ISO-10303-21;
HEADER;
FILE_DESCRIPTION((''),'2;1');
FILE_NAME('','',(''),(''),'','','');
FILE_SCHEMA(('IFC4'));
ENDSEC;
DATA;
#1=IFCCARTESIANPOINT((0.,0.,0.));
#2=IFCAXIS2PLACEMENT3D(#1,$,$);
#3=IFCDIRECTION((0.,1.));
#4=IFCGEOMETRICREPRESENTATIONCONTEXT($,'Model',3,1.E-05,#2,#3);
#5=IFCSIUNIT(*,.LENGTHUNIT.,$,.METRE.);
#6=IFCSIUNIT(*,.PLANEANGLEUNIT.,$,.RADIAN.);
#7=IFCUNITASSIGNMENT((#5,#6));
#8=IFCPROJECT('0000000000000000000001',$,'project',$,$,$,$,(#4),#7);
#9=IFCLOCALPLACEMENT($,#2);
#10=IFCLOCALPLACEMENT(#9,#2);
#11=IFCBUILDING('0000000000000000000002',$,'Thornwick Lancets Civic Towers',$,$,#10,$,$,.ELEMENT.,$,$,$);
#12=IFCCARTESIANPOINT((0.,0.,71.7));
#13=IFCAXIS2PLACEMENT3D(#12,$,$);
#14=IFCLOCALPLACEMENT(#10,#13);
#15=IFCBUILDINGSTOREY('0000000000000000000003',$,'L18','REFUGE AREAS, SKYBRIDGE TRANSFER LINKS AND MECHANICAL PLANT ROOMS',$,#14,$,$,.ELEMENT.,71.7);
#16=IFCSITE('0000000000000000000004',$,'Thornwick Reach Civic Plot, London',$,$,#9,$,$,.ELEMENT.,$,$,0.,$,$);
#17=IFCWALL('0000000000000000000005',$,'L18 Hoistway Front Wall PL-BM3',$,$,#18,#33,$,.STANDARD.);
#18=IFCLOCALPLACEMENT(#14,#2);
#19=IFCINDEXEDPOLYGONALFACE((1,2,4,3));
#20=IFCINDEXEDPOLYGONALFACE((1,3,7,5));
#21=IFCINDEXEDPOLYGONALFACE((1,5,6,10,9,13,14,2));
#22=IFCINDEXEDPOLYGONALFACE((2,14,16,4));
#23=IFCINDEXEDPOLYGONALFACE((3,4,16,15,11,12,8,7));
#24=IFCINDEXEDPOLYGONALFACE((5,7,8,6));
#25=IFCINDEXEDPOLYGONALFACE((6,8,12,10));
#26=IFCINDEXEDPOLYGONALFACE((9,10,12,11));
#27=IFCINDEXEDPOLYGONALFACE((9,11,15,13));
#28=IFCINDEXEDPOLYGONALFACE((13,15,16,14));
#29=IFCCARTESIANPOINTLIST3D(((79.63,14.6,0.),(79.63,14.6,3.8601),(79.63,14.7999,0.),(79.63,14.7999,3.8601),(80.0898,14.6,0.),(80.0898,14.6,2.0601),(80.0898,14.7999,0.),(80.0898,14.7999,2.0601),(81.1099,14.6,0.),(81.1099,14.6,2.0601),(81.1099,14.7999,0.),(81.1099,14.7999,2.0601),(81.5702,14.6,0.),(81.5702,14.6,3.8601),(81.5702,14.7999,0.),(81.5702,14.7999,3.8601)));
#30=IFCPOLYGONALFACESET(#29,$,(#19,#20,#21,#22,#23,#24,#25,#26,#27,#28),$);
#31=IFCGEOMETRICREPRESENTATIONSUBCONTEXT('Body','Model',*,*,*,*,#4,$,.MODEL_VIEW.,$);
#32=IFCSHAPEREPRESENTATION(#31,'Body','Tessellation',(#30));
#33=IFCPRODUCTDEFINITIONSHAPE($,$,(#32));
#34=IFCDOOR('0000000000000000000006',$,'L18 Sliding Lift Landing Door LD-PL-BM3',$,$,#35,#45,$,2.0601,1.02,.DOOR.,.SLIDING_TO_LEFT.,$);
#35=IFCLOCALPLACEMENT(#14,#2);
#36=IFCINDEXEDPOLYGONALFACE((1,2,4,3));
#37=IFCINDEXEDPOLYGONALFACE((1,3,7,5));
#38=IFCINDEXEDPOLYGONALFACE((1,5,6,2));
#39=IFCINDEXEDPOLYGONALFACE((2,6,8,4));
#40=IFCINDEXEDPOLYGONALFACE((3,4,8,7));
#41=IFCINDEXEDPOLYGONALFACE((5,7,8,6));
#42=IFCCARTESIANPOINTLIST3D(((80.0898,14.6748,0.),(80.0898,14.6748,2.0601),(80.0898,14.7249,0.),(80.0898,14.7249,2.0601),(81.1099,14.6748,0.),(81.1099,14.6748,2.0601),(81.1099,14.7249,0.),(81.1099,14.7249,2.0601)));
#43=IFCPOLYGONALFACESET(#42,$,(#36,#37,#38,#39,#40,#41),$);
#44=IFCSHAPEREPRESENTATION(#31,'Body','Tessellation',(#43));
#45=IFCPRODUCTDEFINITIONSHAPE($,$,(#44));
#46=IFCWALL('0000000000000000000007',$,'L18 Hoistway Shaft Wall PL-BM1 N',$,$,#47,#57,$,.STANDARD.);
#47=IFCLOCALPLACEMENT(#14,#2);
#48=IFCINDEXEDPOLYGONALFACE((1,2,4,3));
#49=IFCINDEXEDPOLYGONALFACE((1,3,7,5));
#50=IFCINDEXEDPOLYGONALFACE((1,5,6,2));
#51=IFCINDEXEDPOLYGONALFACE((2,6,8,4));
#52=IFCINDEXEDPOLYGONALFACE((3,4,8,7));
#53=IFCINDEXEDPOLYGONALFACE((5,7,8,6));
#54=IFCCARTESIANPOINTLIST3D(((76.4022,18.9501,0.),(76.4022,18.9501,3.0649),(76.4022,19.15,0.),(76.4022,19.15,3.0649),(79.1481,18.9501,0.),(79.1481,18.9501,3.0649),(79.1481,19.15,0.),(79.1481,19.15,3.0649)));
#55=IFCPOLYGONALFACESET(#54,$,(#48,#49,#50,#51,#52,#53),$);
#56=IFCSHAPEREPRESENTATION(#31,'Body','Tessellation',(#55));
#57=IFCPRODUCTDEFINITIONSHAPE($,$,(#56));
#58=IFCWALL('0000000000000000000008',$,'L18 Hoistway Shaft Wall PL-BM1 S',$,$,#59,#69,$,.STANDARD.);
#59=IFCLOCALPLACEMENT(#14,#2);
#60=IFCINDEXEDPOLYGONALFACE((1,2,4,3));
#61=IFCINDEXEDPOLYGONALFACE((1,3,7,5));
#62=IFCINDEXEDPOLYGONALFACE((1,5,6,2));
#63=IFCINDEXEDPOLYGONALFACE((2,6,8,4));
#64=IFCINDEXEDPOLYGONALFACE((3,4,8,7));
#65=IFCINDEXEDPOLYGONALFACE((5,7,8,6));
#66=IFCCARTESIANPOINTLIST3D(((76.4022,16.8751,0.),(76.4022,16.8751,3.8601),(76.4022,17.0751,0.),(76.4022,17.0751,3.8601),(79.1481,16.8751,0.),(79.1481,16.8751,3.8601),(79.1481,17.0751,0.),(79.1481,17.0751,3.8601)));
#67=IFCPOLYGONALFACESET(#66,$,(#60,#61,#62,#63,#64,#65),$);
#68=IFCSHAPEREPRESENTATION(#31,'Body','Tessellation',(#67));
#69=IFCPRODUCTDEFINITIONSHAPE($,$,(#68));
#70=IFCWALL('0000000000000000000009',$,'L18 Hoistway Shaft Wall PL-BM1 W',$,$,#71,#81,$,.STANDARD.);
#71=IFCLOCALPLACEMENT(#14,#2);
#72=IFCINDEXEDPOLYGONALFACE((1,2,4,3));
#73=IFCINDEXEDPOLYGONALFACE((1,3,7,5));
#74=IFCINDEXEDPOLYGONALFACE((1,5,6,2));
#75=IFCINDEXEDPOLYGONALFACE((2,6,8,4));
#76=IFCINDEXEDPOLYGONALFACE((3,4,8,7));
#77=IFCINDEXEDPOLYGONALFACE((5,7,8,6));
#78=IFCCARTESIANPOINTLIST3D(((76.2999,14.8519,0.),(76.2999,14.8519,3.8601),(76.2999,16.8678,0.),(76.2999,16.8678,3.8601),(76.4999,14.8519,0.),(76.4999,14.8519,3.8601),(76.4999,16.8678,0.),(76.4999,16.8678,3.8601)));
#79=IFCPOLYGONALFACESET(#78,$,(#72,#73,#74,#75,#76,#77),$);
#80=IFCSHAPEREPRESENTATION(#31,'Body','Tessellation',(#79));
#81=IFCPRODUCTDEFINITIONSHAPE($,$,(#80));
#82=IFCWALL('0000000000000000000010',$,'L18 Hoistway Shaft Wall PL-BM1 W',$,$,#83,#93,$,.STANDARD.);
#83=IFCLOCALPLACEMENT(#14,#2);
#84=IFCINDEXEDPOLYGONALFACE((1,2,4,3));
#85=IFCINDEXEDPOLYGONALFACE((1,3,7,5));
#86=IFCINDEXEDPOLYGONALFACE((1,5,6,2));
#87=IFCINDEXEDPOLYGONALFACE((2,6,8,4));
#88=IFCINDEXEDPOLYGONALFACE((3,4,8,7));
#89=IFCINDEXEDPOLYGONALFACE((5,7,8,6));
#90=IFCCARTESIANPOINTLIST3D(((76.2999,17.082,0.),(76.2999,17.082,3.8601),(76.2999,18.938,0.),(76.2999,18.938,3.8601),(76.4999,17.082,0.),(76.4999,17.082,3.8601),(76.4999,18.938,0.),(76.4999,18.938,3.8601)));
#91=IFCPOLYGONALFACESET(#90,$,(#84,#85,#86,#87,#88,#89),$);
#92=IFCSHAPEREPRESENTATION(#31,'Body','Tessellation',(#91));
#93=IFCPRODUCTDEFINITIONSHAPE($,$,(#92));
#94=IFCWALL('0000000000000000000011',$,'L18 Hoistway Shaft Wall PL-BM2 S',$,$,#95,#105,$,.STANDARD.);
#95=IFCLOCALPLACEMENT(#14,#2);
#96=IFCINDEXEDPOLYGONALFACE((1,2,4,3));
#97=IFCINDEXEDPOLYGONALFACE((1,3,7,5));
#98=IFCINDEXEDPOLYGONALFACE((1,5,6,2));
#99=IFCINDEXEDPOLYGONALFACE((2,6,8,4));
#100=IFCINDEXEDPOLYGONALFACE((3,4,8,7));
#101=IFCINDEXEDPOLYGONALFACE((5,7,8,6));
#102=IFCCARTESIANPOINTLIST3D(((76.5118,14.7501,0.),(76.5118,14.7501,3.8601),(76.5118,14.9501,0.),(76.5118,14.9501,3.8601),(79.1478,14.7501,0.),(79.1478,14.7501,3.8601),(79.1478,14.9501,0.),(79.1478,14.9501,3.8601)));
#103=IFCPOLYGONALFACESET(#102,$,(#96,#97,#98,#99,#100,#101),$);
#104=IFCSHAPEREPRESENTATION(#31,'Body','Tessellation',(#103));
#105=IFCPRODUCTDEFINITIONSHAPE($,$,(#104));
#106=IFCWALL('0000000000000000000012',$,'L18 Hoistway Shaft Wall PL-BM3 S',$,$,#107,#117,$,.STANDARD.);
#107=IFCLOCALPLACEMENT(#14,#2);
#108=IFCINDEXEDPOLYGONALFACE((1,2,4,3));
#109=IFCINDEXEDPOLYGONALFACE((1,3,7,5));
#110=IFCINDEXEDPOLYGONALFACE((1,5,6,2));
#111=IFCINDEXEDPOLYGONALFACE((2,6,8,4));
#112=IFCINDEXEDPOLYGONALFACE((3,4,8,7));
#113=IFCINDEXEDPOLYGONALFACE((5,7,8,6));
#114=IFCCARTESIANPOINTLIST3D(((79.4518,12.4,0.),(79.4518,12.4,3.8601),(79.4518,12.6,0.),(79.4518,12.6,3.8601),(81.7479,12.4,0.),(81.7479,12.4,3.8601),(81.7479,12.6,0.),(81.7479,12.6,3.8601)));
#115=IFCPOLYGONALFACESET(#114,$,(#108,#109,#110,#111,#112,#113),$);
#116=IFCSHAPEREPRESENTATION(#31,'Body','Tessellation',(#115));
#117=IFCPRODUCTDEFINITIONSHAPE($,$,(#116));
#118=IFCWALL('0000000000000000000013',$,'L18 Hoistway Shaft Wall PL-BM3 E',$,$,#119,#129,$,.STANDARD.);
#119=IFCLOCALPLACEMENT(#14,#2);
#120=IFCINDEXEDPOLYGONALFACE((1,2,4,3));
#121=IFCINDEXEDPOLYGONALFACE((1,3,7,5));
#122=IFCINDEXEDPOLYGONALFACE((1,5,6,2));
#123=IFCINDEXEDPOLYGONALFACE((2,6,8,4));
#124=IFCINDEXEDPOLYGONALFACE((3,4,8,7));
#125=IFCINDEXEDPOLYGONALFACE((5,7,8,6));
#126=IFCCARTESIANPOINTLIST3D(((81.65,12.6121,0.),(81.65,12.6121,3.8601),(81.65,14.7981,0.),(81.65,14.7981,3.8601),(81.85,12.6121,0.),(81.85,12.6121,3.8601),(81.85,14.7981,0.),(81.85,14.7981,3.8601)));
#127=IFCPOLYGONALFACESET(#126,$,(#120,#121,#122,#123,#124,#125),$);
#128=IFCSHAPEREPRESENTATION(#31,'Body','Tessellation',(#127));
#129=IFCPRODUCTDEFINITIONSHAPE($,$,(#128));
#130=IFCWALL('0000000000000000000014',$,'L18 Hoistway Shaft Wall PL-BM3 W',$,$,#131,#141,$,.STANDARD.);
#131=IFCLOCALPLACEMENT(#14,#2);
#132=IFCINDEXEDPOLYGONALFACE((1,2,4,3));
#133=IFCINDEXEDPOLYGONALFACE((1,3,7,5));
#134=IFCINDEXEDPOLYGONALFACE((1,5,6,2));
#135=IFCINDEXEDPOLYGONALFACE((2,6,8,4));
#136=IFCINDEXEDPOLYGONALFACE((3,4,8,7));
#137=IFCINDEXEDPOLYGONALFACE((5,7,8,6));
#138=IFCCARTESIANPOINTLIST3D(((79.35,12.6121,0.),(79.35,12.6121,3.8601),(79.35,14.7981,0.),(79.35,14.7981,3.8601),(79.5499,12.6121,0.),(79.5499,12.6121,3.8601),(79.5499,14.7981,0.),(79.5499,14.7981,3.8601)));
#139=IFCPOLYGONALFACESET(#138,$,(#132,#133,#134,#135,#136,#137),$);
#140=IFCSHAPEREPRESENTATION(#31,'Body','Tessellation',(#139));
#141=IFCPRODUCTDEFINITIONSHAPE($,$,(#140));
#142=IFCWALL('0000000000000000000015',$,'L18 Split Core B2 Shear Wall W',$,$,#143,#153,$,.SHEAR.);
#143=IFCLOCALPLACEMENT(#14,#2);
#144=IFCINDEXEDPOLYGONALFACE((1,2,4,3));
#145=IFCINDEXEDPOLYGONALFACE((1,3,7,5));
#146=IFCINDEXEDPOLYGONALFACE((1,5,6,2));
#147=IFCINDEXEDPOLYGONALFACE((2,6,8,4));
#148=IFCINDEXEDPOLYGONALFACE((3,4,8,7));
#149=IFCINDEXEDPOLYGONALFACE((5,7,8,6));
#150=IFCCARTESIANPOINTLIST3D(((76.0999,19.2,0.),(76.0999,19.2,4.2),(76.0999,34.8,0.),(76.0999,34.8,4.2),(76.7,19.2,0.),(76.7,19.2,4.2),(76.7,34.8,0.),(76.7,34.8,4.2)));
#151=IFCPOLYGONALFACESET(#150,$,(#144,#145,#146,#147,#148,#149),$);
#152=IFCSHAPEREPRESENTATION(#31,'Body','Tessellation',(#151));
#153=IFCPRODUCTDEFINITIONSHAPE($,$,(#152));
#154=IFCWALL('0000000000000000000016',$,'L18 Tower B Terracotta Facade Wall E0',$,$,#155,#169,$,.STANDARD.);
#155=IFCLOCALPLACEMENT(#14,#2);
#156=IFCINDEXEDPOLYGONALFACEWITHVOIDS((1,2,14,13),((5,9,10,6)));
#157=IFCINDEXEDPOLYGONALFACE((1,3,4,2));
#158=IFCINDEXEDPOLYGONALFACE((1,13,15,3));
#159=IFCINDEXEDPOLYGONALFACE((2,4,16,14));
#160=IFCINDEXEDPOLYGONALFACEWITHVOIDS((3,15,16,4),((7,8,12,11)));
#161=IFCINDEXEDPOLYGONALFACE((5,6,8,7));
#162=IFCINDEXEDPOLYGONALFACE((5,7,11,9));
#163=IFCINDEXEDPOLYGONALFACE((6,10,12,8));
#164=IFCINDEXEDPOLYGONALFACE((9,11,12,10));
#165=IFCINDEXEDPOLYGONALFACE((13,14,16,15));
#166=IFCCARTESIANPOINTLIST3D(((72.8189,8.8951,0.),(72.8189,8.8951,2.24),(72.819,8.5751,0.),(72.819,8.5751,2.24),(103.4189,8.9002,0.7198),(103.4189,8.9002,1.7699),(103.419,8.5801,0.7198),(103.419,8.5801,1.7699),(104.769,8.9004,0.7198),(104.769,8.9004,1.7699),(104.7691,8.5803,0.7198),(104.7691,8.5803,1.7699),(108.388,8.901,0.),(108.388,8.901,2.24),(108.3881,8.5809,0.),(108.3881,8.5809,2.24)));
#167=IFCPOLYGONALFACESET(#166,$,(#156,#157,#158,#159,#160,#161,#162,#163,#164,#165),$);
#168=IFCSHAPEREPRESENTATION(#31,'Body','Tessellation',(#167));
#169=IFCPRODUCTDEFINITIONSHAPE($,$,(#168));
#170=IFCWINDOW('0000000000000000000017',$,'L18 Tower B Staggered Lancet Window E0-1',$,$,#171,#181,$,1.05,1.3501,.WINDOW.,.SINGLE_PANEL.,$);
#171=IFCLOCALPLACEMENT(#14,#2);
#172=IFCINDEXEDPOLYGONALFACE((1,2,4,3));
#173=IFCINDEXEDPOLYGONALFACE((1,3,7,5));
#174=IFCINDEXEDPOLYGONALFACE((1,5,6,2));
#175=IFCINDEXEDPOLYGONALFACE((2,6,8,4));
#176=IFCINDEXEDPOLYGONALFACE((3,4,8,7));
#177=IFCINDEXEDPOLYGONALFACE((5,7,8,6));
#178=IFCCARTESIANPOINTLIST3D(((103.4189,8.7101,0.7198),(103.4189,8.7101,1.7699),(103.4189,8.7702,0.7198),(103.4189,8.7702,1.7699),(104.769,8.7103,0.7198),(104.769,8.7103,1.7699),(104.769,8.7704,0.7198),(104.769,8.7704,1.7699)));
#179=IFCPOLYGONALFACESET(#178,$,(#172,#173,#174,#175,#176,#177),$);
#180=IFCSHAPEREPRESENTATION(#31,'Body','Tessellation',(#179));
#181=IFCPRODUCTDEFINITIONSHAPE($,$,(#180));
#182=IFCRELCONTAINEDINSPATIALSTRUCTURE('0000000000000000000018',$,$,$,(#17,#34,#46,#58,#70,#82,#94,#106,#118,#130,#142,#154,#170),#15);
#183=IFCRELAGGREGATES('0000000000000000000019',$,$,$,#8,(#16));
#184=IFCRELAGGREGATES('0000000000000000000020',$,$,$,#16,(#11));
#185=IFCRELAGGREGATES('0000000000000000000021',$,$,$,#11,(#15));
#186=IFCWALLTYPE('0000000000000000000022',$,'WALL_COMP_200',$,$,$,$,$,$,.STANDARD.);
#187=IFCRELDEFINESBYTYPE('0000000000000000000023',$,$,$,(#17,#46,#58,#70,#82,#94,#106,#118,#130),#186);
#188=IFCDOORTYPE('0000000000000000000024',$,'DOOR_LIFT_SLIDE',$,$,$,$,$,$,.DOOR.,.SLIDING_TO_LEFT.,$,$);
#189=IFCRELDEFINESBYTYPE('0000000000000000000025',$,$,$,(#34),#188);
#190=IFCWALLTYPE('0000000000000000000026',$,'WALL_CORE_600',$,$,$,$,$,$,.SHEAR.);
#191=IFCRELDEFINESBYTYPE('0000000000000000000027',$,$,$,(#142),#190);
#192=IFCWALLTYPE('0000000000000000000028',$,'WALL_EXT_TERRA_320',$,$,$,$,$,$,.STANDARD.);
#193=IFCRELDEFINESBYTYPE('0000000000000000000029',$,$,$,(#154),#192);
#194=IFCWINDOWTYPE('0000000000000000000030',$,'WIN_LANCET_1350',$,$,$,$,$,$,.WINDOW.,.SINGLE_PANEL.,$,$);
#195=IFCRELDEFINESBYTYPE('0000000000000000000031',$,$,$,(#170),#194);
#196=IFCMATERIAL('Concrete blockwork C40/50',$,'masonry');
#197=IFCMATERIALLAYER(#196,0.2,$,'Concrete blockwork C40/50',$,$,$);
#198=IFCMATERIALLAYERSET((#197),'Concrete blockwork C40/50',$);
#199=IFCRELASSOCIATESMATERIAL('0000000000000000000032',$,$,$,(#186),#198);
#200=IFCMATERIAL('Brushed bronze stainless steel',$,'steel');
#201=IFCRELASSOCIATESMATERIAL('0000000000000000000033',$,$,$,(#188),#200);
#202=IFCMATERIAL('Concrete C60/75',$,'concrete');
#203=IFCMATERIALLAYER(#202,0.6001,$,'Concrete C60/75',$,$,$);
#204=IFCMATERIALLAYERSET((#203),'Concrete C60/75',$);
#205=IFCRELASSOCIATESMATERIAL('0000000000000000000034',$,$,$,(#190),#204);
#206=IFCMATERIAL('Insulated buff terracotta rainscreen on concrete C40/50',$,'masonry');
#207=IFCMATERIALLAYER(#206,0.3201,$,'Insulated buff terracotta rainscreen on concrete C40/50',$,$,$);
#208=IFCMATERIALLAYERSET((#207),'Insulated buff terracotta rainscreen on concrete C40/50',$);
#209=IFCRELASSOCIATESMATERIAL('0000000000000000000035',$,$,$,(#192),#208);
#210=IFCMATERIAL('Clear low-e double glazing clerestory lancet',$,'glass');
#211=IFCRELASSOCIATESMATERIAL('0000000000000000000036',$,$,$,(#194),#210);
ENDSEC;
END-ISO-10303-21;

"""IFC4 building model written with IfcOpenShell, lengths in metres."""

from ifc_helpers import new_model, si_unit, direction, frame, frame_2d, origin, place, context, subcontext, project, spatial, rectangle, extrude, material, layer, layer_set, type_object, element, fill, save


model = new_model("IFC4")

# Units and contexts
model_context = context("Model", 3, precision=1e-05, world=origin(), true_north=direction((0.0, 1.0)))
body_context = subcontext(model_context, "Body", "Model", "MODEL_VIEW")
ifc_project = project(units=[si_unit("LENGTHUNIT", "METRE"), si_unit("PLANEANGLEUNIT", "RADIAN")], contexts=[model_context])

# Site, building, storey
site_placement = place(None, origin())
site = spatial("IfcSite", under=ifc_project, at=site_placement, Name="Thornwick Reach Civic Plot, London", CompositionType="ELEMENT", RefElevation=0.0)
building_placement = place(site_placement, origin())
building = spatial("IfcBuilding", under=site, at=building_placement, Name="Thornwick Lancets Civic Towers", CompositionType="ELEMENT")
storey_placement = place(building_placement, frame((0.0, 0.0, 71.7)))
storey = spatial("IfcBuildingStorey", under=building, at=storey_placement, Name="L18", Description="REFUGE AREAS, SKYBRIDGE TRANSFER LINKS AND MECHANICAL PLANT ROOMS", CompositionType="ELEMENT", Elevation=71.7)

# Shared definitions
ifc_material_1 = material(Name="Concrete C60/75", Category="concrete")

# Wall, opening, door
ifc_material_2 = material(Name="Concrete blockwork C40/50", Category="masonry")
ifc_layer_1 = layer(ifc_material_2, 0.2, Name="Concrete blockwork C40/50")
ifc_layer_set_1 = layer_set([ifc_layer_1], Name="Concrete blockwork C40/50")
wall_type_1 = type_object("IfcWallType", Name="WALL_COMP_200", PredefinedType="STANDARD", material=ifc_layer_set_1)
ifc_material_3 = material(Name="Brushed bronze stainless steel", Category="steel")
door_type = type_object("IfcDoorType", Name="DOOR_LIFT_SLIDE", OperationType="SLIDING_TO_LEFT", PredefinedType="DOOR", material=ifc_material_3)
wall_1_placement = place(storey_placement, frame((79.6299, 14.7, 0.0), z_axis=(0.0, 0.0, 1.0), x_axis=(1.0, 0.0, 0.0)))
wall_1 = element("IfcWall", 1, at=wall_1_placement, inside=storey, type_object=wall_type_1, Name="L18 Hoistway Front Wall PL-BM3", PredefinedType="STANDARD", context=body_context, shape_type="SweptSolid", body=[
    extrude(rectangle(XDim=1.9402, YDim=0.2, at=frame_2d((0.9702, 0.0))), origin(), (0.0, 0.0, 1.0), 3.8601),
])
opening_1_placement = place(wall_1_placement, frame((0.46, 0.0, 0.0)))
opening_1 = element("IfcOpeningElement", 2, at=opening_1_placement, cuts=wall_1, PredefinedType="OPENING", context=body_context, shape_type="SweptSolid", body=[
    extrude(rectangle(XDim=1.02, YDim=2.0601, at=frame_2d((0.51, 1.03))), frame((0.0, 0.1099, 0.0), z_axis=(0.0, -1.0, 0.0), x_axis=(1.0, 0.0, 0.0)), (0.0, 0.0, 1.0), 0.22),
])
door_1_placement = place(opening_1_placement, origin())
door_1 = element("IfcDoor", 3, at=door_1_placement, inside=storey, type_object=door_type, Name="L18 Sliding Lift Landing Door LD-PL-BM3", OperationType="SLIDING_TO_LEFT", OverallHeight=2.0601, OverallWidth=1.02, PredefinedType="DOOR", context=body_context, shape_type="SweptSolid", body=[
    extrude(rectangle(XDim=1.02, YDim=2.0601, at=frame_2d((0.51, 1.03))), frame((0.0, 0.0249, 0.0), z_axis=(0.0, -1.0, 0.0), x_axis=(1.0, 0.0, 0.0)), (0.0, 0.0, 1.0), 0.05),
])
fill(opening_1, door_1)

# Walls
wall_2_placement = place(storey_placement, frame((76.4021, 19.05, 0.0), z_axis=(0.0, 0.0, 1.0), x_axis=(1.0, 0.0, 0.0)))
element("IfcWall", 4, at=wall_2_placement, inside=storey, type_object=wall_type_1, Name="L18 Hoistway Shaft Wall PL-BM1 N", PredefinedType="STANDARD", context=body_context, shape_type="SweptSolid", body=[
    extrude(rectangle(XDim=2.7458, YDim=0.2, at=frame_2d((1.373, 0.0))), origin(), (0.0, 0.0, 1.0), 3.0649),
])
wall_3_placement = place(storey_placement, frame((76.4021, 16.9751, 0.0), z_axis=(0.0, 0.0, 1.0), x_axis=(1.0, 0.0, 0.0)))
element("IfcWall", 5, at=wall_3_placement, inside=storey, type_object=wall_type_1, Name="L18 Hoistway Shaft Wall PL-BM1 S", PredefinedType="STANDARD", context=body_context, shape_type="SweptSolid", body=[
    extrude(rectangle(XDim=2.7458, YDim=0.2, at=frame_2d((1.373, 0.0))), origin(), (0.0, 0.0, 1.0), 3.8601),
])
wall_4_placement = place(storey_placement, frame((76.3999, 14.8521, 0.0), z_axis=(0.0, 0.0, 1.0), x_axis=(0.0, 1.0, 0.0)))
element("IfcWall", 6, at=wall_4_placement, inside=storey, type_object=wall_type_1, Name="L18 Hoistway Shaft Wall PL-BM1 W", PredefinedType="STANDARD", context=body_context, shape_type="SweptSolid", body=[
    extrude(rectangle(XDim=2.0159, YDim=0.2, at=frame_2d((1.0078, 0.0))), origin(), (0.0, 0.0, 1.0), 3.8601),
])
wall_5_placement = place(storey_placement, frame((76.3999, 17.082, 0.0), z_axis=(0.0, 0.0, 1.0), x_axis=(0.0, 1.0, 0.0)))
element("IfcWall", 7, at=wall_5_placement, inside=storey, type_object=wall_type_1, Name="L18 Hoistway Shaft Wall PL-BM1 W", PredefinedType="STANDARD", context=body_context, shape_type="SweptSolid", body=[
    extrude(rectangle(XDim=1.856, YDim=0.2, at=frame_2d((0.928, 0.0))), origin(), (0.0, 0.0, 1.0), 3.8601),
])
wall_6_placement = place(storey_placement, frame((76.512, 14.8501, 0.0), z_axis=(0.0, 0.0, 1.0), x_axis=(1.0, 0.0, 0.0)))
element("IfcWall", 8, at=wall_6_placement, inside=storey, type_object=wall_type_1, Name="L18 Hoistway Shaft Wall PL-BM2 S", PredefinedType="STANDARD", context=body_context, shape_type="SweptSolid", body=[
    extrude(rectangle(XDim=2.636, YDim=0.2, at=frame_2d((1.3179, 0.0))), origin(), (0.0, 0.0, 1.0), 3.8601),
])
wall_7_placement = place(storey_placement, frame((79.4519, 12.5, 0.0), z_axis=(0.0, 0.0, 1.0), x_axis=(1.0, 0.0, 0.0)))
element("IfcWall", 9, at=wall_7_placement, inside=storey, type_object=wall_type_1, Name="L18 Hoistway Shaft Wall PL-BM3 S", PredefinedType="STANDARD", context=body_context, shape_type="SweptSolid", body=[
    extrude(rectangle(XDim=2.2961, YDim=0.2, at=frame_2d((1.1479, 0.0))), origin(), (0.0, 0.0, 1.0), 3.8601),
])
for number, where, z_axis, x_axis, name in (
    (10, (81.75, 12.6121, 0.0), (0.0, 0.0, 1.0), (0.0, 1.0, 0.0), "L18 Hoistway Shaft Wall PL-BM3 E"),
    (11, (79.45, 12.6121, 0.0), (0.0, 0.0, 1.0), (0.0, 1.0, 0.0), "L18 Hoistway Shaft Wall PL-BM3 W"),
):
    element("IfcWall", number, at=place(storey_placement, frame(where, z_axis=z_axis, x_axis=x_axis)), inside=storey, type_object=wall_type_1, Name=name, PredefinedType="STANDARD", context=body_context, shape_type="SweptSolid", body=[
        extrude(rectangle(XDim=2.186, YDim=0.2, at=frame_2d((1.093, 0.0))), origin(), (0.0, 0.0, 1.0), 3.8601),
    ])
ifc_layer_2 = layer(ifc_material_1, 0.6001, Name="Concrete C60/75")
ifc_layer_set_2 = layer_set([ifc_layer_2], Name="Concrete C60/75")
wall_type_2 = type_object("IfcWallType", Name="WALL_CORE_600", PredefinedType="SHEAR", material=ifc_layer_set_2)
wall_8_placement = place(storey_placement, frame((76.3999, 19.2, 0.0), z_axis=(0.0, 0.0, 1.0), x_axis=(0.0, 1.0, 0.0)))
element("IfcWall", 12, at=wall_8_placement, inside=storey, type_object=wall_type_2, Name="L18 Split Core B2 Shear Wall W", PredefinedType="SHEAR", context=body_context, shape_type="SweptSolid", body=[
    extrude(rectangle(XDim=15.6001, YDim=0.6001, at=frame_2d((7.8, 0.0))), origin(), (0.0, 0.0, 1.0), 4.2),
])

# Wall, opening, window
ifc_material_4 = material(Name="Insulated buff terracotta rainscreen on concrete C40/50", Category="masonry")
ifc_layer_3 = layer(ifc_material_4, 0.3201, Name="Insulated buff terracotta rainscreen on concrete C40/50")
ifc_layer_set_3 = layer_set([ifc_layer_3], Name="Insulated buff terracotta rainscreen on concrete C40/50")
wall_type_3 = type_object("IfcWallType", Name="WALL_EXT_TERRA_320", PredefinedType="STANDARD", material=ifc_layer_set_3)
wall_9_placement = place(storey_placement, frame((72.8188, 8.7351, 0.0), z_axis=(0.0, 0.0, 1.0), x_axis=(1.0, 0.000165, 0.0)))
wall_9 = element("IfcWall", 13, at=wall_9_placement, inside=storey, type_object=wall_type_3, Name="L18 Tower B Terracotta Facade Wall E0", PredefinedType="STANDARD", context=body_context, shape_type="SweptSolid", body=[
    extrude(rectangle(XDim=35.5691, YDim=0.3201, at=frame_2d((17.7847, 0.0))), origin(), (0.0, 0.0, 1.0), 2.24),
])
opening_2_placement = place(wall_9_placement, frame((30.6001, 0.0, 0.72)))
opening_2 = element("IfcOpeningElement", 14, at=opening_2_placement, cuts=wall_9, PredefinedType="OPENING", context=body_context, shape_type="SweptSolid", body=[
    extrude(rectangle(XDim=1.3501, YDim=1.05, at=frame_2d((0.675, 0.5249))), frame((0.0, 0.1699, 0.0), z_axis=(0.0, -1.0, 0.0), x_axis=(1.0, 0.0, 0.0)), (0.0, 0.0, 1.0), 0.3401),
])
ifc_material_5 = material(Name="Clear low-e double glazing clerestory lancet", Category="glass")
window_type = type_object("IfcWindowType", Name="WIN_LANCET_1350", PartitioningType="SINGLE_PANEL", PredefinedType="WINDOW", material=ifc_material_5)
window_placement = place(opening_2_placement, origin())
window = element("IfcWindow", 15, at=window_placement, inside=storey, type_object=window_type, Name="L18 Tower B Staggered Lancet Window E0-1", OverallHeight=1.05, OverallWidth=1.3501, PartitioningType="SINGLE_PANEL", PredefinedType="WINDOW", context=body_context, shape_type="SweptSolid", body=[
    extrude(rectangle(XDim=1.3501, YDim=1.05, at=frame_2d((0.675, 0.5249))), frame((0.0, 0.03, 0.0), z_axis=(0.0, -1.0, 0.0), x_axis=(1.0, 0.0, 0.0)), (0.0, 0.0, 1.0), 0.0601),
])
fill(opening_2, window)

save(model, "model.ifc")
